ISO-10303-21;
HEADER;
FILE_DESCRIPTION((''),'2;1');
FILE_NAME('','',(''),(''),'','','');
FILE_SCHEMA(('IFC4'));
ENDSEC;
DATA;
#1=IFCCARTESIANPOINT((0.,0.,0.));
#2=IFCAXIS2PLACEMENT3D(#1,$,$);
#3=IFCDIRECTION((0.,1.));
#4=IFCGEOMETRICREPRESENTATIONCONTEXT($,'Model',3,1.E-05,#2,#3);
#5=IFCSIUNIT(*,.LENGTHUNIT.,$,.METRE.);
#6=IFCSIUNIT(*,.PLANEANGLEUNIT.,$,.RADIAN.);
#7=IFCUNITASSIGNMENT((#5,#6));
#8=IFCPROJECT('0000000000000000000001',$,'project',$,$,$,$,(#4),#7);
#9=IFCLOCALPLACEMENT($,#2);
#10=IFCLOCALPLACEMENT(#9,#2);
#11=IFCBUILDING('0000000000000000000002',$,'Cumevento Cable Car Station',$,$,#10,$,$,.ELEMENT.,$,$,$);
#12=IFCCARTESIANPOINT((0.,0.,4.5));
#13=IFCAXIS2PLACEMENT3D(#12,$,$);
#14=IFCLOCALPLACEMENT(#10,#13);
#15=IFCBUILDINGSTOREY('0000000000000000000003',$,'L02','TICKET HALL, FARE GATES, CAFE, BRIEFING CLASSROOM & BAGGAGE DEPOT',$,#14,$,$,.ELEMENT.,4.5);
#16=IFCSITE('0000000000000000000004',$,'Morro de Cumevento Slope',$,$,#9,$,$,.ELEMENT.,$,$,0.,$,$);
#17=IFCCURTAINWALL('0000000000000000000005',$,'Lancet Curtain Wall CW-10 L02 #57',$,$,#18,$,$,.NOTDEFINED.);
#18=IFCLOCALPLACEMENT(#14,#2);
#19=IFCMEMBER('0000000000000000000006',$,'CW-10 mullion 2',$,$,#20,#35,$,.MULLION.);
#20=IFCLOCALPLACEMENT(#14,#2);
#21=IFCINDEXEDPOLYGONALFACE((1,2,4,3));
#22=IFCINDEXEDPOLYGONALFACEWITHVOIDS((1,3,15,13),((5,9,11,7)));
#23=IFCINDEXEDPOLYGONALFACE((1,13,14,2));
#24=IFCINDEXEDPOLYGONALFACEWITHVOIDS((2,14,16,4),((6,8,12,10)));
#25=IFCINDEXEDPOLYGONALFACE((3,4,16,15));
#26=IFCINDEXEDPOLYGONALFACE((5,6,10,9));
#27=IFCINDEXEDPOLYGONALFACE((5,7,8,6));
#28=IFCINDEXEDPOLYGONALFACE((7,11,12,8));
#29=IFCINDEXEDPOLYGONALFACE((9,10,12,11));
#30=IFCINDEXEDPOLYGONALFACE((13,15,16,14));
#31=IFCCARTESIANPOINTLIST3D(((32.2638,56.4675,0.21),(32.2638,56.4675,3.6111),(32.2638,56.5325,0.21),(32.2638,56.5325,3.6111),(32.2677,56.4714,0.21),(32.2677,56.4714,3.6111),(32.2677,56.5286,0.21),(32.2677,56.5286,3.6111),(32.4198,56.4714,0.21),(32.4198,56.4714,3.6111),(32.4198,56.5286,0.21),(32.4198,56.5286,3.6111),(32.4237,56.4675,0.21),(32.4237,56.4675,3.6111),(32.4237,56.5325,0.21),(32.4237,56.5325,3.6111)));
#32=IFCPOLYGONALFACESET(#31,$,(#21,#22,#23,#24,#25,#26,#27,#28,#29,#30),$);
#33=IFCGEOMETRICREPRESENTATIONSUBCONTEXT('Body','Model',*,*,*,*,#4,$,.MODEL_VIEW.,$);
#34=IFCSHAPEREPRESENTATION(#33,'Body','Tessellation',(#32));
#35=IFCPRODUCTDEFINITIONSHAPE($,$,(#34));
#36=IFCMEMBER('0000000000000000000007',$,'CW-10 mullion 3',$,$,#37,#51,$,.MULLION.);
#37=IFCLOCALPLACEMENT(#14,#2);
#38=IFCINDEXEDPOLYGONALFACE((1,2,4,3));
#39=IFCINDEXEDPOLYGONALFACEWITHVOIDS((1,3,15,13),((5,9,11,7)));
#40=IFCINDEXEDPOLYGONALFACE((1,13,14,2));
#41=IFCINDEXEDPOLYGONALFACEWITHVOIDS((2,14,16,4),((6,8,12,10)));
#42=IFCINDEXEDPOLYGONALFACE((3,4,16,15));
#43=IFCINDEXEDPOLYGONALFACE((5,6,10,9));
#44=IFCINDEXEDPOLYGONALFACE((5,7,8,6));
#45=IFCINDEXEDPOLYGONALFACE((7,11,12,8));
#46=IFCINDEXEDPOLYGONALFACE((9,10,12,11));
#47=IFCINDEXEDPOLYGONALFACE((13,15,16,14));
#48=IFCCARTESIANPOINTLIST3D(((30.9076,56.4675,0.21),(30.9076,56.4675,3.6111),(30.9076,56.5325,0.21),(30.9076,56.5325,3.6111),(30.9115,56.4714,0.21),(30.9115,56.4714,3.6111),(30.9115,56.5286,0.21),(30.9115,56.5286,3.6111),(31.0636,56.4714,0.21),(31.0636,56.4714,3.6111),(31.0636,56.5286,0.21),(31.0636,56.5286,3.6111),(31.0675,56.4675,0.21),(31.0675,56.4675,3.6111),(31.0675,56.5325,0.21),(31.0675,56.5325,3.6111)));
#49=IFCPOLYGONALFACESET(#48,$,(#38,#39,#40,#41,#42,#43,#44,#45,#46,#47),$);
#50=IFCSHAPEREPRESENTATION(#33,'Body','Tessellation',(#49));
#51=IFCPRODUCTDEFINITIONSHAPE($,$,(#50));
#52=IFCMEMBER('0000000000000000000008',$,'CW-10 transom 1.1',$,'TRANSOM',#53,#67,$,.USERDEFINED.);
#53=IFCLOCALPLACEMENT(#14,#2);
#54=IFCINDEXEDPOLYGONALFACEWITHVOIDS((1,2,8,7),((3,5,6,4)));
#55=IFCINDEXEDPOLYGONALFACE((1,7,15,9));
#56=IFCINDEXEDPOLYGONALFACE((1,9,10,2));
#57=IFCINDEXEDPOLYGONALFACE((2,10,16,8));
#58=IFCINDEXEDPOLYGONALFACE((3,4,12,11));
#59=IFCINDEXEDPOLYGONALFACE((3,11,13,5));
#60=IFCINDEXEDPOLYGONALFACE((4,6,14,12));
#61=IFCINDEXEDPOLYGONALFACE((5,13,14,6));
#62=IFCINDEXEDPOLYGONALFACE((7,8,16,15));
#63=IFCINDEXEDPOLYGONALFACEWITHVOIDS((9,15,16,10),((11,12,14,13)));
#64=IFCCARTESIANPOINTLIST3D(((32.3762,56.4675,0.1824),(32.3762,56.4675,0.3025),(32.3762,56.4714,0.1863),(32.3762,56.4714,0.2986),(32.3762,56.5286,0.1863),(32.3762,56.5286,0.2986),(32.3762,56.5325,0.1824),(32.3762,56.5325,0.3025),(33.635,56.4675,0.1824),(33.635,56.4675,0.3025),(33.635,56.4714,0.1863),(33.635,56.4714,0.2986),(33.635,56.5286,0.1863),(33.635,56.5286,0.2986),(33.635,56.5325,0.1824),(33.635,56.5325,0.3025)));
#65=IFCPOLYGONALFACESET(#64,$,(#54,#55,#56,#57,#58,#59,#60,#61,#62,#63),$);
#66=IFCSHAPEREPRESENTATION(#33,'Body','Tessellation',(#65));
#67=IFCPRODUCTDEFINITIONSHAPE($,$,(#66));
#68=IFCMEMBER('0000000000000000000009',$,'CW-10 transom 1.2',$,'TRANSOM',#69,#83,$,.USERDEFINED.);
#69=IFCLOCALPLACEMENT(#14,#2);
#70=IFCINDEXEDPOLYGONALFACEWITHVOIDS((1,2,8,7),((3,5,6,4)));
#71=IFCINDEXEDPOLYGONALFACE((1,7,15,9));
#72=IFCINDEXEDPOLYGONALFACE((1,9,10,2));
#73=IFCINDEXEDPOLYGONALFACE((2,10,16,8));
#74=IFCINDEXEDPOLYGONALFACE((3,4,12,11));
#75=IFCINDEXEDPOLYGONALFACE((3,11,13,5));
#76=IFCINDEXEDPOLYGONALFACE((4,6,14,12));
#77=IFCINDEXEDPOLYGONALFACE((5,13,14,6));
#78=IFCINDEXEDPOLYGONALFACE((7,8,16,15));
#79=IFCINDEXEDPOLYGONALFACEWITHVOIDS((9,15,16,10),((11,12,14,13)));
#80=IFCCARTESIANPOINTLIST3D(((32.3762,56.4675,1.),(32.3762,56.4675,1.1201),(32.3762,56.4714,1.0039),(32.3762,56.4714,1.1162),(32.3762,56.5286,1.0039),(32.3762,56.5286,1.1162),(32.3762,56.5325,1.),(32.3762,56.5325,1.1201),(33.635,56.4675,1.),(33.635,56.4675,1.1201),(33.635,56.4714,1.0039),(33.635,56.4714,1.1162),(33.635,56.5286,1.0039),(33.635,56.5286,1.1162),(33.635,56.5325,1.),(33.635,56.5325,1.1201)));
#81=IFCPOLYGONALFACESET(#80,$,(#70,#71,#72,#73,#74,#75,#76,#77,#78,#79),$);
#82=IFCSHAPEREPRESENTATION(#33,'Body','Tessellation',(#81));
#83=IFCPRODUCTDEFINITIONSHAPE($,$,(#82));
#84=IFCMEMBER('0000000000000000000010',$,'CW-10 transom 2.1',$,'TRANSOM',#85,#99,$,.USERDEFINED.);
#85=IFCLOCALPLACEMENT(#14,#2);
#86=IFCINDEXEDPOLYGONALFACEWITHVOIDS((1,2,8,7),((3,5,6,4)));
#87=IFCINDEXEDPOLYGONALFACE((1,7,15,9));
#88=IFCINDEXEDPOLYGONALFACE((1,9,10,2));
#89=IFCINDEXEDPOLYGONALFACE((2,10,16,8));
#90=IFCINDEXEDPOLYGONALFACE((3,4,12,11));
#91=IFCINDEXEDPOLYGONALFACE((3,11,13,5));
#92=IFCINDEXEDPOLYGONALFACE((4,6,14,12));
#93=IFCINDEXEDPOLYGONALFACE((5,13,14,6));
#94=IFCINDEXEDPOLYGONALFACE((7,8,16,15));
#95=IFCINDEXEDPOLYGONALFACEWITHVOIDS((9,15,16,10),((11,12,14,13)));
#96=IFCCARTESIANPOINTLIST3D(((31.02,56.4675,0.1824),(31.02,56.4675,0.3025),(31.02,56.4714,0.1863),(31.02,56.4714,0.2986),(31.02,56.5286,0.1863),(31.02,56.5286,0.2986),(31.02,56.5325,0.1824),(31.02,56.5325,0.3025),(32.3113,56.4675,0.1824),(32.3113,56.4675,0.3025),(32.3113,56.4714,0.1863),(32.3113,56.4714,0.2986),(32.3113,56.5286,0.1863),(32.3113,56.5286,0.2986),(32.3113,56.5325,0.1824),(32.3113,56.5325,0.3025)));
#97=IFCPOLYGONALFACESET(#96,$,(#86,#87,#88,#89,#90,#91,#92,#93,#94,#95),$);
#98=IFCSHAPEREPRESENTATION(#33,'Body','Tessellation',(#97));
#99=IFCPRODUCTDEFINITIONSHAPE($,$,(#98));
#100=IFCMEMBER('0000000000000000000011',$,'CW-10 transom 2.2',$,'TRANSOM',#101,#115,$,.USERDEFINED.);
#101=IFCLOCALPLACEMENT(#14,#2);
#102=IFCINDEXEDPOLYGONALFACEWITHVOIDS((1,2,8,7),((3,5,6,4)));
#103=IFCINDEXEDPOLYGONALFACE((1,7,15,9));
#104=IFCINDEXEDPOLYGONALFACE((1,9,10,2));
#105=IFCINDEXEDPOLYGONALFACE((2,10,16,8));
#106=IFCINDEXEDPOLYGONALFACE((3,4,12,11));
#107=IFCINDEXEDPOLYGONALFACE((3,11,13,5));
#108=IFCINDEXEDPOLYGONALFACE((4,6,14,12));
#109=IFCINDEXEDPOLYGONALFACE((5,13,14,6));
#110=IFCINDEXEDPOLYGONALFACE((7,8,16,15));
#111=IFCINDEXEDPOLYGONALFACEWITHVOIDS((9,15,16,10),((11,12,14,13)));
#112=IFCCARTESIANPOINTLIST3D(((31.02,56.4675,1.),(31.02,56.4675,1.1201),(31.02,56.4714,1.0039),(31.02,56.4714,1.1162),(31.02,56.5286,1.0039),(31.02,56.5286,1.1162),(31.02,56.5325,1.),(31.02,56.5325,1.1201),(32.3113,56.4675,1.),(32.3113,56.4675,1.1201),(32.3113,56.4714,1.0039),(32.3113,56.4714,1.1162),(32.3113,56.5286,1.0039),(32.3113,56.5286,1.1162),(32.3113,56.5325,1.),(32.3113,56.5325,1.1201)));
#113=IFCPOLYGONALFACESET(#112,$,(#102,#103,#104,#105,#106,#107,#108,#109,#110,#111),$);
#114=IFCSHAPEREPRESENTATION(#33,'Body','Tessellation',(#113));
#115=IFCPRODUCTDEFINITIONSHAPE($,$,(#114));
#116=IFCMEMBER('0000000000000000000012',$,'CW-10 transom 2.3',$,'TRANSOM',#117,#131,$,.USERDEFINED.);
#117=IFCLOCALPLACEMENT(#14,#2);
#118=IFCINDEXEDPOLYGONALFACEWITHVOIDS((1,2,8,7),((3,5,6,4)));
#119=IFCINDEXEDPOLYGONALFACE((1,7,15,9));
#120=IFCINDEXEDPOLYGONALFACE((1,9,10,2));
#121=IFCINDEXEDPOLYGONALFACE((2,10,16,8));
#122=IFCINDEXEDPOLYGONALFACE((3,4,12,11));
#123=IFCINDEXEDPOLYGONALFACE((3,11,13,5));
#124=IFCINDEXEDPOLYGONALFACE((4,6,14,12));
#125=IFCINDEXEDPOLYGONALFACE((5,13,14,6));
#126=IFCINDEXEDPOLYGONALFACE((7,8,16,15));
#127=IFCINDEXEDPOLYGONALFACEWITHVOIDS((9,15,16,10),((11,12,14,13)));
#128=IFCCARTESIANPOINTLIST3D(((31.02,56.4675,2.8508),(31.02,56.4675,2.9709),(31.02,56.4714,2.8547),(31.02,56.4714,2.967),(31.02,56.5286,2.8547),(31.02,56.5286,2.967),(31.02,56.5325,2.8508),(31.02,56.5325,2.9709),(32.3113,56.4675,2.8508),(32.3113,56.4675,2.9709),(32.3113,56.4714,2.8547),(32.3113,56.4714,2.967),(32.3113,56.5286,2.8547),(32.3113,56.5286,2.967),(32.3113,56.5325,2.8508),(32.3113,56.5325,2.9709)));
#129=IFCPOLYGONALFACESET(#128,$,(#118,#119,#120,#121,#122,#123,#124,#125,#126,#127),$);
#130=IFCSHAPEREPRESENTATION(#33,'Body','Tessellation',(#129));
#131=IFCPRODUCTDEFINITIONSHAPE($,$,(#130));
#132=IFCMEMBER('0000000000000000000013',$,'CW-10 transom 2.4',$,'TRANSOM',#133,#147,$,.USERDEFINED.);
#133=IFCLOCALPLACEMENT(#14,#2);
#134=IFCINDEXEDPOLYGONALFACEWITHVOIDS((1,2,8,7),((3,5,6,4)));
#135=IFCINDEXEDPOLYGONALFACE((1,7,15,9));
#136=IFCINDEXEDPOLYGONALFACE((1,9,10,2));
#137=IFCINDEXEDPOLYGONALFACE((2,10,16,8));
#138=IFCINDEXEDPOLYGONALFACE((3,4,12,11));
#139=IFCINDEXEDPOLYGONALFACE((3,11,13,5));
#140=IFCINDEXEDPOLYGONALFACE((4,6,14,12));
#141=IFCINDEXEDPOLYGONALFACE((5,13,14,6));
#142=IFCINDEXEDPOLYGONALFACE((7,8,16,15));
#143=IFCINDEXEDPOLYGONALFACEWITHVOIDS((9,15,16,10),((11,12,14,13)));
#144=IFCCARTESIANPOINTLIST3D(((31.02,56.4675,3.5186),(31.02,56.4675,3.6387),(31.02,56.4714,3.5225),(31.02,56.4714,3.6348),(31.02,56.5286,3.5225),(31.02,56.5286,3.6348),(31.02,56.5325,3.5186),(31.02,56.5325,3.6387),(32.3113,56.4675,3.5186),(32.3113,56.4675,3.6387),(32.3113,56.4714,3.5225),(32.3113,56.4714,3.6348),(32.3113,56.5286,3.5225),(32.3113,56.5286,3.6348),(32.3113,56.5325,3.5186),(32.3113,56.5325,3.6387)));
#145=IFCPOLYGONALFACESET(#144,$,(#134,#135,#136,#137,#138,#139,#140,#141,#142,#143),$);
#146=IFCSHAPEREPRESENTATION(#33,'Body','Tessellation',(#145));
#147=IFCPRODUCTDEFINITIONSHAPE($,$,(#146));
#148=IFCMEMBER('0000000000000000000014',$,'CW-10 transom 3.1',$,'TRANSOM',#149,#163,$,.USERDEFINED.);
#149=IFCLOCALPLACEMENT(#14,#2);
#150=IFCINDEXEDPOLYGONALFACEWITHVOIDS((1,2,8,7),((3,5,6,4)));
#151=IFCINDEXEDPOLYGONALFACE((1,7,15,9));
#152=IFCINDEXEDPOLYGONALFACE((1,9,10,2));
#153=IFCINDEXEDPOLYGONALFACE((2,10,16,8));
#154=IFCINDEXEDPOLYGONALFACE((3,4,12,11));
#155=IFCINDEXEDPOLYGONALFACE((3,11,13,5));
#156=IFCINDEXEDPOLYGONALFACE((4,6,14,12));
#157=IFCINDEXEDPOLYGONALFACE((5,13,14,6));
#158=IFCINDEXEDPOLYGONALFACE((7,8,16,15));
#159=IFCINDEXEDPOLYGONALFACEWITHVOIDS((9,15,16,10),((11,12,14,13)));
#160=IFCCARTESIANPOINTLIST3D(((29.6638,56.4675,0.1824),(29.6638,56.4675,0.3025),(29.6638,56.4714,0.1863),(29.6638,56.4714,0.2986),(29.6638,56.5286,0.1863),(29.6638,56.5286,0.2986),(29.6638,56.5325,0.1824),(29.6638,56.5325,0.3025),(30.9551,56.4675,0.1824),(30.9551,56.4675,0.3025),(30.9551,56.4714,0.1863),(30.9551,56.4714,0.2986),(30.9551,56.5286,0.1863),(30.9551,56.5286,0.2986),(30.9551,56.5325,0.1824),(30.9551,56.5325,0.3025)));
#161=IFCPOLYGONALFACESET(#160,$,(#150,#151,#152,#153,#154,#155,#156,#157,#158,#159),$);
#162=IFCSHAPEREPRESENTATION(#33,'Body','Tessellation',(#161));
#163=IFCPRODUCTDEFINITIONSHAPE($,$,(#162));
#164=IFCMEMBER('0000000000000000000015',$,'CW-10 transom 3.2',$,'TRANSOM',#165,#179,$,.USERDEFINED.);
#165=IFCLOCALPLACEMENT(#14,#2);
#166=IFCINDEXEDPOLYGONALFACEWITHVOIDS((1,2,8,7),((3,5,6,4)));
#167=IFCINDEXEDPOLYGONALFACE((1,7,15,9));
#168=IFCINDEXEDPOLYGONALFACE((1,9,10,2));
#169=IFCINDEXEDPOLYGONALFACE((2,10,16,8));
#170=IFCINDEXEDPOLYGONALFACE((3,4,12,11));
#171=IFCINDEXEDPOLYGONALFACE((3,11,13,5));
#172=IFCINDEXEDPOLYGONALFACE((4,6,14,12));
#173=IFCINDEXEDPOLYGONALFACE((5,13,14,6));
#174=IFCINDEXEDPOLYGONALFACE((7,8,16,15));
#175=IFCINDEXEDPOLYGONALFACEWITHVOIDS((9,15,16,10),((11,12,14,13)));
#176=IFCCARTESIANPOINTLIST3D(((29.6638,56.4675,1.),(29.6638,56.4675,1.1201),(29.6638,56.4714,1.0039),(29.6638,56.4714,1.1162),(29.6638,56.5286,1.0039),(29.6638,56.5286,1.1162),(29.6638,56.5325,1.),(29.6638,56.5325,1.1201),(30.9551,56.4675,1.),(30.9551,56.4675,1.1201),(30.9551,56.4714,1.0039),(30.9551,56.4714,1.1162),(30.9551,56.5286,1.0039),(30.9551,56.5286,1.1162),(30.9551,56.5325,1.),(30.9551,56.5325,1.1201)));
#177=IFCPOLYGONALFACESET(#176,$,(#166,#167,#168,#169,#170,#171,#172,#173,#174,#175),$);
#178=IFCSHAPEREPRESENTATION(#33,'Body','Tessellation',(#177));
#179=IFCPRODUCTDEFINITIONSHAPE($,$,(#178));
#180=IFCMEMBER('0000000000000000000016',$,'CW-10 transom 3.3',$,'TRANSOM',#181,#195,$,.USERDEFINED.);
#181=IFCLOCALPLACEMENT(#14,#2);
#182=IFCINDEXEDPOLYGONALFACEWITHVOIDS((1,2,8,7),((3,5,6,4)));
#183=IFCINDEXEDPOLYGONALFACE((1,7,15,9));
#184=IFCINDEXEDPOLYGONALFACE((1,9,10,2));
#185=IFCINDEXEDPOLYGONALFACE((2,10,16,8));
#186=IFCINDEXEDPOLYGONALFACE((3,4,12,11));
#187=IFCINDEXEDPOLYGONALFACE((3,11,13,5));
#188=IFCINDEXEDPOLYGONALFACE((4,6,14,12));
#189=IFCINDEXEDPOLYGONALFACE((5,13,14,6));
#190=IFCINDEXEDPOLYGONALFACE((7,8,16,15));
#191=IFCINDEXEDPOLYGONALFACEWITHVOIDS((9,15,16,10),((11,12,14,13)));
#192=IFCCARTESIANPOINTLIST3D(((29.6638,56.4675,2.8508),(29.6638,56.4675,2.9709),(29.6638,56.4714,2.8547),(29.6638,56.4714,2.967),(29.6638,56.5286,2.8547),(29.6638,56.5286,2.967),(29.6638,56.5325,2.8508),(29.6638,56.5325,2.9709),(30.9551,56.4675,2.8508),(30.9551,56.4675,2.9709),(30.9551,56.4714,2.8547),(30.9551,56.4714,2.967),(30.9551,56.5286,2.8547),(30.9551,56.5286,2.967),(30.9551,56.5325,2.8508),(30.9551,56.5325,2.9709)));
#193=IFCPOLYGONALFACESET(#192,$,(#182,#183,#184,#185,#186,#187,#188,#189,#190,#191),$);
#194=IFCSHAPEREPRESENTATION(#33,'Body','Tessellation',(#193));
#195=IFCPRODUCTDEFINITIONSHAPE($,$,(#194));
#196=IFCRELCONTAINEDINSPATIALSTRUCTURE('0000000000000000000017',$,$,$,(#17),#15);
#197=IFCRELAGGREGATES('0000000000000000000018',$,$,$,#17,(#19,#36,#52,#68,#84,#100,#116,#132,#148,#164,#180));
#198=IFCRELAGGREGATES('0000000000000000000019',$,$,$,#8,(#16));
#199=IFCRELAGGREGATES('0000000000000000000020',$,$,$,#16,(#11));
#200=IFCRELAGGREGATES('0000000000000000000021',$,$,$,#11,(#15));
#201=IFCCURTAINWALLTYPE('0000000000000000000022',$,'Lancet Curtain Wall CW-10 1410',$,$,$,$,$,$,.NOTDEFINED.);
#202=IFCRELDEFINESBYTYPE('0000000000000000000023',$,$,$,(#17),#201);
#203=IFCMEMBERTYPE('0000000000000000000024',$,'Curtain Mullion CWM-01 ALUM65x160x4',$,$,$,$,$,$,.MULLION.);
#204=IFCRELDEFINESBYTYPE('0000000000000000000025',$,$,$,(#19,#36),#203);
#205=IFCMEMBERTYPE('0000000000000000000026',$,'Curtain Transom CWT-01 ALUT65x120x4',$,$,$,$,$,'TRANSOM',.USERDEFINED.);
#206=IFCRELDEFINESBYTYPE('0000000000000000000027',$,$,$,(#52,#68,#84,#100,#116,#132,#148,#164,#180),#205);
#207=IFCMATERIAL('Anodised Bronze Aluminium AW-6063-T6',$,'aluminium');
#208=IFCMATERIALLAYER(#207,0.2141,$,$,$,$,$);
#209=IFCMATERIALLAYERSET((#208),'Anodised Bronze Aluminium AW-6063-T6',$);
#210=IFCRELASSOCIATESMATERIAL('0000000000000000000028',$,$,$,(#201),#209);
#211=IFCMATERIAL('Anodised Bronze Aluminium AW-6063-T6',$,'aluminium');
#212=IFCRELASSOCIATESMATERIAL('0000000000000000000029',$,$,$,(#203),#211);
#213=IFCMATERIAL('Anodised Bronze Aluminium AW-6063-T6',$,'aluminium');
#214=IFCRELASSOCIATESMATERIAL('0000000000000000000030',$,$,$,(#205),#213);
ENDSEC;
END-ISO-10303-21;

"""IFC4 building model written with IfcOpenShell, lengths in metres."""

from ifc_helpers import new_model, si_unit, direction, frame, origin, origin_2d, place, context, subcontext, project, spatial, hollow_rectangle, extrude, material, layer, layer_set, material_profile, profile_set, type_object, element, aggregate, save


model = new_model("IFC4")

# Units and contexts
model_context = context("Model", 3, precision=1e-05, world=origin(), true_north=direction((0.0, 1.0)))
body_context = subcontext(model_context, "Body", "Model", "MODEL_VIEW")
ifc_project = project(units=[si_unit("LENGTHUNIT", "METRE"), si_unit("PLANEANGLEUNIT", "RADIAN")], contexts=[model_context])

# Site, building, storey
site_placement = place(None, origin())
site = spatial("IfcSite", under=ifc_project, at=site_placement, Name="Morro de Cumevento Slope", CompositionType="ELEMENT", RefElevation=0.0)
building_placement = place(site_placement, origin())
building = spatial("IfcBuilding", under=site, at=building_placement, Name="Cumevento Cable Car Station", CompositionType="ELEMENT")
storey_placement = place(building_placement, frame((0.0, 0.0, 4.5)))
storey = spatial("IfcBuildingStorey", under=building, at=storey_placement, Name="L02", Description="TICKET HALL, FARE GATES, CAFE, BRIEFING CLASSROOM & BAGGAGE DEPOT", CompositionType="ELEMENT", Elevation=4.5)

# Curtain wall, members
ifc_material_1 = material(Name="Anodised Bronze Aluminium AW-6063-T6", Category="aluminium")
ifc_layer_1 = layer(ifc_material_1, 0.2141)
ifc_layer_set_1 = layer_set([ifc_layer_1], Name="Anodised Bronze Aluminium AW-6063-T6")
curtain_wall_type = type_object("IfcCurtainWallType", Name="Lancet Curtain Wall CW-10 1410", PredefinedType="NOTDEFINED", material=ifc_layer_set_1)
curtain_wall_placement = place(storey_placement, origin())
curtain_wall = element("IfcCurtainWall", 1, at=curtain_wall_placement, inside=storey, type_object=curtain_wall_type, Name="Lancet Curtain Wall CW-10 L02 #57", PredefinedType="NOTDEFINED")
ifc_material_2 = material(Name="Anodised Bronze Aluminium AW-6063-T6", Category="aluminium")
ifc_material_profile_1 = material_profile(ifc_material_2, hollow_rectangle(XDim=0.0649, YDim=0.1599, WallThickness=0.0039, at=origin_2d()), Name="ALUM65x160x4")
ifc_profile_set_1 = profile_set([ifc_material_profile_1], Name="Anodised Bronze Aluminium AW-6063-T6")
member_type_1 = type_object("IfcMemberType", Name="Curtain Mullion CWM-01 ALUM65x160x4", PredefinedType="MULLION", material=ifc_profile_set_1)
member_1_placement = place(storey_placement, frame((32.3438, 56.5, 0.21), z_axis=(0.0, 0.0, 1.0), x_axis=(0.0, -1.0, 0.0)))
member_1 = element("IfcMember", 2, at=member_1_placement, type_object=member_type_1, Name="CW-10 mullion 2", PredefinedType="MULLION", context=body_context, shape_type="SweptSolid", body=[
    extrude(hollow_rectangle(XDim=0.0649, YDim=0.1599, WallThickness=0.0039, at=origin_2d()), origin(), (0.0, 0.0, 1.0), 3.4011),
])
member_2_placement = place(storey_placement, frame((30.9875, 56.5, 0.21), z_axis=(0.0, 0.0, 1.0), x_axis=(0.0, -1.0, 0.0)))
member_2 = element("IfcMember", 3, at=member_2_placement, type_object=member_type_1, Name="CW-10 mullion 3", PredefinedType="MULLION", context=body_context, shape_type="SweptSolid", body=[
    extrude(hollow_rectangle(XDim=0.0649, YDim=0.1599, WallThickness=0.0039, at=origin_2d()), origin(), (0.0, 0.0, 1.0), 3.4011),
])
ifc_material_3 = material(Name="Anodised Bronze Aluminium AW-6063-T6", Category="aluminium")
ifc_material_profile_2 = material_profile(ifc_material_3, hollow_rectangle(XDim=0.0649, YDim=0.1201, WallThickness=0.0039, at=origin_2d()), Name="ALUT65x120x4")
ifc_profile_set_2 = profile_set([ifc_material_profile_2], Name="Anodised Bronze Aluminium AW-6063-T6")
member_type_2 = type_object("IfcMemberType", Name="Curtain Transom CWT-01 ALUT65x120x4", ElementType="TRANSOM", PredefinedType="USERDEFINED", material=ifc_profile_set_2)
member_3_placement = place(storey_placement, frame((33.635, 56.5, 0.2424), z_axis=(-1.0, 0.0, 0.0), x_axis=(0.0, -1.0, 0.0)))
member_3 = element("IfcMember", 4, at=member_3_placement, type_object=member_type_2, Name="CW-10 transom 1.1", ObjectType="TRANSOM", PredefinedType="USERDEFINED", context=body_context, shape_type="SweptSolid", body=[
    extrude(hollow_rectangle(XDim=0.0649, YDim=0.1201, WallThickness=0.0039, at=origin_2d()), origin(), (0.0, 0.0, 1.0), 1.2588),
])
member_4_placement = place(storey_placement, frame((33.635, 56.5, 1.0601), z_axis=(-1.0, 0.0, 0.0), x_axis=(0.0, -1.0, 0.0)))
member_4 = element("IfcMember", 5, at=member_4_placement, type_object=member_type_2, Name="CW-10 transom 1.2", ObjectType="TRANSOM", PredefinedType="USERDEFINED", context=body_context, shape_type="SweptSolid", body=[
    extrude(hollow_rectangle(XDim=0.0649, YDim=0.1201, WallThickness=0.0039, at=origin_2d()), origin(), (0.0, 0.0, 1.0), 1.2588),
])
member_5_placement = place(storey_placement, frame((32.3113, 56.5, 0.2424), z_axis=(-1.0, 0.0, 0.0), x_axis=(0.0, -1.0, 0.0)))
member_5 = element("IfcMember", 6, at=member_5_placement, type_object=member_type_2, Name="CW-10 transom 2.1", ObjectType="TRANSOM", PredefinedType="USERDEFINED", context=body_context, shape_type="SweptSolid", body=[
    extrude(hollow_rectangle(XDim=0.0649, YDim=0.1201, WallThickness=0.0039, at=origin_2d()), origin(), (0.0, 0.0, 1.0), 1.2913),
])
member_6_placement = place(storey_placement, frame((32.3113, 56.5, 1.0601), z_axis=(-1.0, 0.0, 0.0), x_axis=(0.0, -1.0, 0.0)))
member_6 = element("IfcMember", 7, at=member_6_placement, type_object=member_type_2, Name="CW-10 transom 2.2", ObjectType="TRANSOM", PredefinedType="USERDEFINED", context=body_context, shape_type="SweptSolid", body=[
    extrude(hollow_rectangle(XDim=0.0649, YDim=0.1201, WallThickness=0.0039, at=origin_2d()), origin(), (0.0, 0.0, 1.0), 1.2913),
])
member_7_placement = place(storey_placement, frame((32.3113, 56.5, 2.9109), z_axis=(-1.0, 0.0, 0.0), x_axis=(0.0, -1.0, 0.0)))
member_7 = element("IfcMember", 8, at=member_7_placement, type_object=member_type_2, Name="CW-10 transom 2.3", ObjectType="TRANSOM", PredefinedType="USERDEFINED", context=body_context, shape_type="SweptSolid", body=[
    extrude(hollow_rectangle(XDim=0.0649, YDim=0.1201, WallThickness=0.0039, at=origin_2d()), origin(), (0.0, 0.0, 1.0), 1.2913),
])
member_8_placement = place(storey_placement, frame((32.3113, 56.5, 3.5786), z_axis=(-1.0, 0.0, 0.0), x_axis=(0.0, -1.0, 0.0)))
member_8 = element("IfcMember", 9, at=member_8_placement, type_object=member_type_2, Name="CW-10 transom 2.4", ObjectType="TRANSOM", PredefinedType="USERDEFINED", context=body_context, shape_type="SweptSolid", body=[
    extrude(hollow_rectangle(XDim=0.0649, YDim=0.1201, WallThickness=0.0039, at=origin_2d()), origin(), (0.0, 0.0, 1.0), 1.2913),
])
member_9_placement = place(storey_placement, frame((30.9551, 56.5, 0.2424), z_axis=(-1.0, 0.0, 0.0), x_axis=(0.0, -1.0, 0.0)))
member_9 = element("IfcMember", 10, at=member_9_placement, type_object=member_type_2, Name="CW-10 transom 3.1", ObjectType="TRANSOM", PredefinedType="USERDEFINED", context=body_context, shape_type="SweptSolid", body=[
    extrude(hollow_rectangle(XDim=0.0649, YDim=0.1201, WallThickness=0.0039, at=origin_2d()), origin(), (0.0, 0.0, 1.0), 1.2913),
])
member_10_placement = place(storey_placement, frame((30.9551, 56.5, 1.0601), z_axis=(-1.0, 0.0, 0.0), x_axis=(0.0, -1.0, 0.0)))
member_10 = element("IfcMember", 11, at=member_10_placement, type_object=member_type_2, Name="CW-10 transom 3.2", ObjectType="TRANSOM", PredefinedType="USERDEFINED", context=body_context, shape_type="SweptSolid", body=[
    extrude(hollow_rectangle(XDim=0.0649, YDim=0.1201, WallThickness=0.0039, at=origin_2d()), origin(), (0.0, 0.0, 1.0), 1.2913),
])
member_11_placement = place(storey_placement, frame((30.9551, 56.5, 2.9109), z_axis=(-1.0, 0.0, 0.0), x_axis=(0.0, -1.0, 0.0)))
member_11 = element("IfcMember", 12, at=member_11_placement, type_object=member_type_2, Name="CW-10 transom 3.3", ObjectType="TRANSOM", PredefinedType="USERDEFINED", context=body_context, shape_type="SweptSolid", body=[
    extrude(hollow_rectangle(XDim=0.0649, YDim=0.1201, WallThickness=0.0039, at=origin_2d()), origin(), (0.0, 0.0, 1.0), 1.2913),
])

aggregate(curtain_wall, [member_1, member_2, member_3, member_4, member_5, member_6, member_7, member_8, member_9, member_10, member_11])

save(model, "model.ifc")
